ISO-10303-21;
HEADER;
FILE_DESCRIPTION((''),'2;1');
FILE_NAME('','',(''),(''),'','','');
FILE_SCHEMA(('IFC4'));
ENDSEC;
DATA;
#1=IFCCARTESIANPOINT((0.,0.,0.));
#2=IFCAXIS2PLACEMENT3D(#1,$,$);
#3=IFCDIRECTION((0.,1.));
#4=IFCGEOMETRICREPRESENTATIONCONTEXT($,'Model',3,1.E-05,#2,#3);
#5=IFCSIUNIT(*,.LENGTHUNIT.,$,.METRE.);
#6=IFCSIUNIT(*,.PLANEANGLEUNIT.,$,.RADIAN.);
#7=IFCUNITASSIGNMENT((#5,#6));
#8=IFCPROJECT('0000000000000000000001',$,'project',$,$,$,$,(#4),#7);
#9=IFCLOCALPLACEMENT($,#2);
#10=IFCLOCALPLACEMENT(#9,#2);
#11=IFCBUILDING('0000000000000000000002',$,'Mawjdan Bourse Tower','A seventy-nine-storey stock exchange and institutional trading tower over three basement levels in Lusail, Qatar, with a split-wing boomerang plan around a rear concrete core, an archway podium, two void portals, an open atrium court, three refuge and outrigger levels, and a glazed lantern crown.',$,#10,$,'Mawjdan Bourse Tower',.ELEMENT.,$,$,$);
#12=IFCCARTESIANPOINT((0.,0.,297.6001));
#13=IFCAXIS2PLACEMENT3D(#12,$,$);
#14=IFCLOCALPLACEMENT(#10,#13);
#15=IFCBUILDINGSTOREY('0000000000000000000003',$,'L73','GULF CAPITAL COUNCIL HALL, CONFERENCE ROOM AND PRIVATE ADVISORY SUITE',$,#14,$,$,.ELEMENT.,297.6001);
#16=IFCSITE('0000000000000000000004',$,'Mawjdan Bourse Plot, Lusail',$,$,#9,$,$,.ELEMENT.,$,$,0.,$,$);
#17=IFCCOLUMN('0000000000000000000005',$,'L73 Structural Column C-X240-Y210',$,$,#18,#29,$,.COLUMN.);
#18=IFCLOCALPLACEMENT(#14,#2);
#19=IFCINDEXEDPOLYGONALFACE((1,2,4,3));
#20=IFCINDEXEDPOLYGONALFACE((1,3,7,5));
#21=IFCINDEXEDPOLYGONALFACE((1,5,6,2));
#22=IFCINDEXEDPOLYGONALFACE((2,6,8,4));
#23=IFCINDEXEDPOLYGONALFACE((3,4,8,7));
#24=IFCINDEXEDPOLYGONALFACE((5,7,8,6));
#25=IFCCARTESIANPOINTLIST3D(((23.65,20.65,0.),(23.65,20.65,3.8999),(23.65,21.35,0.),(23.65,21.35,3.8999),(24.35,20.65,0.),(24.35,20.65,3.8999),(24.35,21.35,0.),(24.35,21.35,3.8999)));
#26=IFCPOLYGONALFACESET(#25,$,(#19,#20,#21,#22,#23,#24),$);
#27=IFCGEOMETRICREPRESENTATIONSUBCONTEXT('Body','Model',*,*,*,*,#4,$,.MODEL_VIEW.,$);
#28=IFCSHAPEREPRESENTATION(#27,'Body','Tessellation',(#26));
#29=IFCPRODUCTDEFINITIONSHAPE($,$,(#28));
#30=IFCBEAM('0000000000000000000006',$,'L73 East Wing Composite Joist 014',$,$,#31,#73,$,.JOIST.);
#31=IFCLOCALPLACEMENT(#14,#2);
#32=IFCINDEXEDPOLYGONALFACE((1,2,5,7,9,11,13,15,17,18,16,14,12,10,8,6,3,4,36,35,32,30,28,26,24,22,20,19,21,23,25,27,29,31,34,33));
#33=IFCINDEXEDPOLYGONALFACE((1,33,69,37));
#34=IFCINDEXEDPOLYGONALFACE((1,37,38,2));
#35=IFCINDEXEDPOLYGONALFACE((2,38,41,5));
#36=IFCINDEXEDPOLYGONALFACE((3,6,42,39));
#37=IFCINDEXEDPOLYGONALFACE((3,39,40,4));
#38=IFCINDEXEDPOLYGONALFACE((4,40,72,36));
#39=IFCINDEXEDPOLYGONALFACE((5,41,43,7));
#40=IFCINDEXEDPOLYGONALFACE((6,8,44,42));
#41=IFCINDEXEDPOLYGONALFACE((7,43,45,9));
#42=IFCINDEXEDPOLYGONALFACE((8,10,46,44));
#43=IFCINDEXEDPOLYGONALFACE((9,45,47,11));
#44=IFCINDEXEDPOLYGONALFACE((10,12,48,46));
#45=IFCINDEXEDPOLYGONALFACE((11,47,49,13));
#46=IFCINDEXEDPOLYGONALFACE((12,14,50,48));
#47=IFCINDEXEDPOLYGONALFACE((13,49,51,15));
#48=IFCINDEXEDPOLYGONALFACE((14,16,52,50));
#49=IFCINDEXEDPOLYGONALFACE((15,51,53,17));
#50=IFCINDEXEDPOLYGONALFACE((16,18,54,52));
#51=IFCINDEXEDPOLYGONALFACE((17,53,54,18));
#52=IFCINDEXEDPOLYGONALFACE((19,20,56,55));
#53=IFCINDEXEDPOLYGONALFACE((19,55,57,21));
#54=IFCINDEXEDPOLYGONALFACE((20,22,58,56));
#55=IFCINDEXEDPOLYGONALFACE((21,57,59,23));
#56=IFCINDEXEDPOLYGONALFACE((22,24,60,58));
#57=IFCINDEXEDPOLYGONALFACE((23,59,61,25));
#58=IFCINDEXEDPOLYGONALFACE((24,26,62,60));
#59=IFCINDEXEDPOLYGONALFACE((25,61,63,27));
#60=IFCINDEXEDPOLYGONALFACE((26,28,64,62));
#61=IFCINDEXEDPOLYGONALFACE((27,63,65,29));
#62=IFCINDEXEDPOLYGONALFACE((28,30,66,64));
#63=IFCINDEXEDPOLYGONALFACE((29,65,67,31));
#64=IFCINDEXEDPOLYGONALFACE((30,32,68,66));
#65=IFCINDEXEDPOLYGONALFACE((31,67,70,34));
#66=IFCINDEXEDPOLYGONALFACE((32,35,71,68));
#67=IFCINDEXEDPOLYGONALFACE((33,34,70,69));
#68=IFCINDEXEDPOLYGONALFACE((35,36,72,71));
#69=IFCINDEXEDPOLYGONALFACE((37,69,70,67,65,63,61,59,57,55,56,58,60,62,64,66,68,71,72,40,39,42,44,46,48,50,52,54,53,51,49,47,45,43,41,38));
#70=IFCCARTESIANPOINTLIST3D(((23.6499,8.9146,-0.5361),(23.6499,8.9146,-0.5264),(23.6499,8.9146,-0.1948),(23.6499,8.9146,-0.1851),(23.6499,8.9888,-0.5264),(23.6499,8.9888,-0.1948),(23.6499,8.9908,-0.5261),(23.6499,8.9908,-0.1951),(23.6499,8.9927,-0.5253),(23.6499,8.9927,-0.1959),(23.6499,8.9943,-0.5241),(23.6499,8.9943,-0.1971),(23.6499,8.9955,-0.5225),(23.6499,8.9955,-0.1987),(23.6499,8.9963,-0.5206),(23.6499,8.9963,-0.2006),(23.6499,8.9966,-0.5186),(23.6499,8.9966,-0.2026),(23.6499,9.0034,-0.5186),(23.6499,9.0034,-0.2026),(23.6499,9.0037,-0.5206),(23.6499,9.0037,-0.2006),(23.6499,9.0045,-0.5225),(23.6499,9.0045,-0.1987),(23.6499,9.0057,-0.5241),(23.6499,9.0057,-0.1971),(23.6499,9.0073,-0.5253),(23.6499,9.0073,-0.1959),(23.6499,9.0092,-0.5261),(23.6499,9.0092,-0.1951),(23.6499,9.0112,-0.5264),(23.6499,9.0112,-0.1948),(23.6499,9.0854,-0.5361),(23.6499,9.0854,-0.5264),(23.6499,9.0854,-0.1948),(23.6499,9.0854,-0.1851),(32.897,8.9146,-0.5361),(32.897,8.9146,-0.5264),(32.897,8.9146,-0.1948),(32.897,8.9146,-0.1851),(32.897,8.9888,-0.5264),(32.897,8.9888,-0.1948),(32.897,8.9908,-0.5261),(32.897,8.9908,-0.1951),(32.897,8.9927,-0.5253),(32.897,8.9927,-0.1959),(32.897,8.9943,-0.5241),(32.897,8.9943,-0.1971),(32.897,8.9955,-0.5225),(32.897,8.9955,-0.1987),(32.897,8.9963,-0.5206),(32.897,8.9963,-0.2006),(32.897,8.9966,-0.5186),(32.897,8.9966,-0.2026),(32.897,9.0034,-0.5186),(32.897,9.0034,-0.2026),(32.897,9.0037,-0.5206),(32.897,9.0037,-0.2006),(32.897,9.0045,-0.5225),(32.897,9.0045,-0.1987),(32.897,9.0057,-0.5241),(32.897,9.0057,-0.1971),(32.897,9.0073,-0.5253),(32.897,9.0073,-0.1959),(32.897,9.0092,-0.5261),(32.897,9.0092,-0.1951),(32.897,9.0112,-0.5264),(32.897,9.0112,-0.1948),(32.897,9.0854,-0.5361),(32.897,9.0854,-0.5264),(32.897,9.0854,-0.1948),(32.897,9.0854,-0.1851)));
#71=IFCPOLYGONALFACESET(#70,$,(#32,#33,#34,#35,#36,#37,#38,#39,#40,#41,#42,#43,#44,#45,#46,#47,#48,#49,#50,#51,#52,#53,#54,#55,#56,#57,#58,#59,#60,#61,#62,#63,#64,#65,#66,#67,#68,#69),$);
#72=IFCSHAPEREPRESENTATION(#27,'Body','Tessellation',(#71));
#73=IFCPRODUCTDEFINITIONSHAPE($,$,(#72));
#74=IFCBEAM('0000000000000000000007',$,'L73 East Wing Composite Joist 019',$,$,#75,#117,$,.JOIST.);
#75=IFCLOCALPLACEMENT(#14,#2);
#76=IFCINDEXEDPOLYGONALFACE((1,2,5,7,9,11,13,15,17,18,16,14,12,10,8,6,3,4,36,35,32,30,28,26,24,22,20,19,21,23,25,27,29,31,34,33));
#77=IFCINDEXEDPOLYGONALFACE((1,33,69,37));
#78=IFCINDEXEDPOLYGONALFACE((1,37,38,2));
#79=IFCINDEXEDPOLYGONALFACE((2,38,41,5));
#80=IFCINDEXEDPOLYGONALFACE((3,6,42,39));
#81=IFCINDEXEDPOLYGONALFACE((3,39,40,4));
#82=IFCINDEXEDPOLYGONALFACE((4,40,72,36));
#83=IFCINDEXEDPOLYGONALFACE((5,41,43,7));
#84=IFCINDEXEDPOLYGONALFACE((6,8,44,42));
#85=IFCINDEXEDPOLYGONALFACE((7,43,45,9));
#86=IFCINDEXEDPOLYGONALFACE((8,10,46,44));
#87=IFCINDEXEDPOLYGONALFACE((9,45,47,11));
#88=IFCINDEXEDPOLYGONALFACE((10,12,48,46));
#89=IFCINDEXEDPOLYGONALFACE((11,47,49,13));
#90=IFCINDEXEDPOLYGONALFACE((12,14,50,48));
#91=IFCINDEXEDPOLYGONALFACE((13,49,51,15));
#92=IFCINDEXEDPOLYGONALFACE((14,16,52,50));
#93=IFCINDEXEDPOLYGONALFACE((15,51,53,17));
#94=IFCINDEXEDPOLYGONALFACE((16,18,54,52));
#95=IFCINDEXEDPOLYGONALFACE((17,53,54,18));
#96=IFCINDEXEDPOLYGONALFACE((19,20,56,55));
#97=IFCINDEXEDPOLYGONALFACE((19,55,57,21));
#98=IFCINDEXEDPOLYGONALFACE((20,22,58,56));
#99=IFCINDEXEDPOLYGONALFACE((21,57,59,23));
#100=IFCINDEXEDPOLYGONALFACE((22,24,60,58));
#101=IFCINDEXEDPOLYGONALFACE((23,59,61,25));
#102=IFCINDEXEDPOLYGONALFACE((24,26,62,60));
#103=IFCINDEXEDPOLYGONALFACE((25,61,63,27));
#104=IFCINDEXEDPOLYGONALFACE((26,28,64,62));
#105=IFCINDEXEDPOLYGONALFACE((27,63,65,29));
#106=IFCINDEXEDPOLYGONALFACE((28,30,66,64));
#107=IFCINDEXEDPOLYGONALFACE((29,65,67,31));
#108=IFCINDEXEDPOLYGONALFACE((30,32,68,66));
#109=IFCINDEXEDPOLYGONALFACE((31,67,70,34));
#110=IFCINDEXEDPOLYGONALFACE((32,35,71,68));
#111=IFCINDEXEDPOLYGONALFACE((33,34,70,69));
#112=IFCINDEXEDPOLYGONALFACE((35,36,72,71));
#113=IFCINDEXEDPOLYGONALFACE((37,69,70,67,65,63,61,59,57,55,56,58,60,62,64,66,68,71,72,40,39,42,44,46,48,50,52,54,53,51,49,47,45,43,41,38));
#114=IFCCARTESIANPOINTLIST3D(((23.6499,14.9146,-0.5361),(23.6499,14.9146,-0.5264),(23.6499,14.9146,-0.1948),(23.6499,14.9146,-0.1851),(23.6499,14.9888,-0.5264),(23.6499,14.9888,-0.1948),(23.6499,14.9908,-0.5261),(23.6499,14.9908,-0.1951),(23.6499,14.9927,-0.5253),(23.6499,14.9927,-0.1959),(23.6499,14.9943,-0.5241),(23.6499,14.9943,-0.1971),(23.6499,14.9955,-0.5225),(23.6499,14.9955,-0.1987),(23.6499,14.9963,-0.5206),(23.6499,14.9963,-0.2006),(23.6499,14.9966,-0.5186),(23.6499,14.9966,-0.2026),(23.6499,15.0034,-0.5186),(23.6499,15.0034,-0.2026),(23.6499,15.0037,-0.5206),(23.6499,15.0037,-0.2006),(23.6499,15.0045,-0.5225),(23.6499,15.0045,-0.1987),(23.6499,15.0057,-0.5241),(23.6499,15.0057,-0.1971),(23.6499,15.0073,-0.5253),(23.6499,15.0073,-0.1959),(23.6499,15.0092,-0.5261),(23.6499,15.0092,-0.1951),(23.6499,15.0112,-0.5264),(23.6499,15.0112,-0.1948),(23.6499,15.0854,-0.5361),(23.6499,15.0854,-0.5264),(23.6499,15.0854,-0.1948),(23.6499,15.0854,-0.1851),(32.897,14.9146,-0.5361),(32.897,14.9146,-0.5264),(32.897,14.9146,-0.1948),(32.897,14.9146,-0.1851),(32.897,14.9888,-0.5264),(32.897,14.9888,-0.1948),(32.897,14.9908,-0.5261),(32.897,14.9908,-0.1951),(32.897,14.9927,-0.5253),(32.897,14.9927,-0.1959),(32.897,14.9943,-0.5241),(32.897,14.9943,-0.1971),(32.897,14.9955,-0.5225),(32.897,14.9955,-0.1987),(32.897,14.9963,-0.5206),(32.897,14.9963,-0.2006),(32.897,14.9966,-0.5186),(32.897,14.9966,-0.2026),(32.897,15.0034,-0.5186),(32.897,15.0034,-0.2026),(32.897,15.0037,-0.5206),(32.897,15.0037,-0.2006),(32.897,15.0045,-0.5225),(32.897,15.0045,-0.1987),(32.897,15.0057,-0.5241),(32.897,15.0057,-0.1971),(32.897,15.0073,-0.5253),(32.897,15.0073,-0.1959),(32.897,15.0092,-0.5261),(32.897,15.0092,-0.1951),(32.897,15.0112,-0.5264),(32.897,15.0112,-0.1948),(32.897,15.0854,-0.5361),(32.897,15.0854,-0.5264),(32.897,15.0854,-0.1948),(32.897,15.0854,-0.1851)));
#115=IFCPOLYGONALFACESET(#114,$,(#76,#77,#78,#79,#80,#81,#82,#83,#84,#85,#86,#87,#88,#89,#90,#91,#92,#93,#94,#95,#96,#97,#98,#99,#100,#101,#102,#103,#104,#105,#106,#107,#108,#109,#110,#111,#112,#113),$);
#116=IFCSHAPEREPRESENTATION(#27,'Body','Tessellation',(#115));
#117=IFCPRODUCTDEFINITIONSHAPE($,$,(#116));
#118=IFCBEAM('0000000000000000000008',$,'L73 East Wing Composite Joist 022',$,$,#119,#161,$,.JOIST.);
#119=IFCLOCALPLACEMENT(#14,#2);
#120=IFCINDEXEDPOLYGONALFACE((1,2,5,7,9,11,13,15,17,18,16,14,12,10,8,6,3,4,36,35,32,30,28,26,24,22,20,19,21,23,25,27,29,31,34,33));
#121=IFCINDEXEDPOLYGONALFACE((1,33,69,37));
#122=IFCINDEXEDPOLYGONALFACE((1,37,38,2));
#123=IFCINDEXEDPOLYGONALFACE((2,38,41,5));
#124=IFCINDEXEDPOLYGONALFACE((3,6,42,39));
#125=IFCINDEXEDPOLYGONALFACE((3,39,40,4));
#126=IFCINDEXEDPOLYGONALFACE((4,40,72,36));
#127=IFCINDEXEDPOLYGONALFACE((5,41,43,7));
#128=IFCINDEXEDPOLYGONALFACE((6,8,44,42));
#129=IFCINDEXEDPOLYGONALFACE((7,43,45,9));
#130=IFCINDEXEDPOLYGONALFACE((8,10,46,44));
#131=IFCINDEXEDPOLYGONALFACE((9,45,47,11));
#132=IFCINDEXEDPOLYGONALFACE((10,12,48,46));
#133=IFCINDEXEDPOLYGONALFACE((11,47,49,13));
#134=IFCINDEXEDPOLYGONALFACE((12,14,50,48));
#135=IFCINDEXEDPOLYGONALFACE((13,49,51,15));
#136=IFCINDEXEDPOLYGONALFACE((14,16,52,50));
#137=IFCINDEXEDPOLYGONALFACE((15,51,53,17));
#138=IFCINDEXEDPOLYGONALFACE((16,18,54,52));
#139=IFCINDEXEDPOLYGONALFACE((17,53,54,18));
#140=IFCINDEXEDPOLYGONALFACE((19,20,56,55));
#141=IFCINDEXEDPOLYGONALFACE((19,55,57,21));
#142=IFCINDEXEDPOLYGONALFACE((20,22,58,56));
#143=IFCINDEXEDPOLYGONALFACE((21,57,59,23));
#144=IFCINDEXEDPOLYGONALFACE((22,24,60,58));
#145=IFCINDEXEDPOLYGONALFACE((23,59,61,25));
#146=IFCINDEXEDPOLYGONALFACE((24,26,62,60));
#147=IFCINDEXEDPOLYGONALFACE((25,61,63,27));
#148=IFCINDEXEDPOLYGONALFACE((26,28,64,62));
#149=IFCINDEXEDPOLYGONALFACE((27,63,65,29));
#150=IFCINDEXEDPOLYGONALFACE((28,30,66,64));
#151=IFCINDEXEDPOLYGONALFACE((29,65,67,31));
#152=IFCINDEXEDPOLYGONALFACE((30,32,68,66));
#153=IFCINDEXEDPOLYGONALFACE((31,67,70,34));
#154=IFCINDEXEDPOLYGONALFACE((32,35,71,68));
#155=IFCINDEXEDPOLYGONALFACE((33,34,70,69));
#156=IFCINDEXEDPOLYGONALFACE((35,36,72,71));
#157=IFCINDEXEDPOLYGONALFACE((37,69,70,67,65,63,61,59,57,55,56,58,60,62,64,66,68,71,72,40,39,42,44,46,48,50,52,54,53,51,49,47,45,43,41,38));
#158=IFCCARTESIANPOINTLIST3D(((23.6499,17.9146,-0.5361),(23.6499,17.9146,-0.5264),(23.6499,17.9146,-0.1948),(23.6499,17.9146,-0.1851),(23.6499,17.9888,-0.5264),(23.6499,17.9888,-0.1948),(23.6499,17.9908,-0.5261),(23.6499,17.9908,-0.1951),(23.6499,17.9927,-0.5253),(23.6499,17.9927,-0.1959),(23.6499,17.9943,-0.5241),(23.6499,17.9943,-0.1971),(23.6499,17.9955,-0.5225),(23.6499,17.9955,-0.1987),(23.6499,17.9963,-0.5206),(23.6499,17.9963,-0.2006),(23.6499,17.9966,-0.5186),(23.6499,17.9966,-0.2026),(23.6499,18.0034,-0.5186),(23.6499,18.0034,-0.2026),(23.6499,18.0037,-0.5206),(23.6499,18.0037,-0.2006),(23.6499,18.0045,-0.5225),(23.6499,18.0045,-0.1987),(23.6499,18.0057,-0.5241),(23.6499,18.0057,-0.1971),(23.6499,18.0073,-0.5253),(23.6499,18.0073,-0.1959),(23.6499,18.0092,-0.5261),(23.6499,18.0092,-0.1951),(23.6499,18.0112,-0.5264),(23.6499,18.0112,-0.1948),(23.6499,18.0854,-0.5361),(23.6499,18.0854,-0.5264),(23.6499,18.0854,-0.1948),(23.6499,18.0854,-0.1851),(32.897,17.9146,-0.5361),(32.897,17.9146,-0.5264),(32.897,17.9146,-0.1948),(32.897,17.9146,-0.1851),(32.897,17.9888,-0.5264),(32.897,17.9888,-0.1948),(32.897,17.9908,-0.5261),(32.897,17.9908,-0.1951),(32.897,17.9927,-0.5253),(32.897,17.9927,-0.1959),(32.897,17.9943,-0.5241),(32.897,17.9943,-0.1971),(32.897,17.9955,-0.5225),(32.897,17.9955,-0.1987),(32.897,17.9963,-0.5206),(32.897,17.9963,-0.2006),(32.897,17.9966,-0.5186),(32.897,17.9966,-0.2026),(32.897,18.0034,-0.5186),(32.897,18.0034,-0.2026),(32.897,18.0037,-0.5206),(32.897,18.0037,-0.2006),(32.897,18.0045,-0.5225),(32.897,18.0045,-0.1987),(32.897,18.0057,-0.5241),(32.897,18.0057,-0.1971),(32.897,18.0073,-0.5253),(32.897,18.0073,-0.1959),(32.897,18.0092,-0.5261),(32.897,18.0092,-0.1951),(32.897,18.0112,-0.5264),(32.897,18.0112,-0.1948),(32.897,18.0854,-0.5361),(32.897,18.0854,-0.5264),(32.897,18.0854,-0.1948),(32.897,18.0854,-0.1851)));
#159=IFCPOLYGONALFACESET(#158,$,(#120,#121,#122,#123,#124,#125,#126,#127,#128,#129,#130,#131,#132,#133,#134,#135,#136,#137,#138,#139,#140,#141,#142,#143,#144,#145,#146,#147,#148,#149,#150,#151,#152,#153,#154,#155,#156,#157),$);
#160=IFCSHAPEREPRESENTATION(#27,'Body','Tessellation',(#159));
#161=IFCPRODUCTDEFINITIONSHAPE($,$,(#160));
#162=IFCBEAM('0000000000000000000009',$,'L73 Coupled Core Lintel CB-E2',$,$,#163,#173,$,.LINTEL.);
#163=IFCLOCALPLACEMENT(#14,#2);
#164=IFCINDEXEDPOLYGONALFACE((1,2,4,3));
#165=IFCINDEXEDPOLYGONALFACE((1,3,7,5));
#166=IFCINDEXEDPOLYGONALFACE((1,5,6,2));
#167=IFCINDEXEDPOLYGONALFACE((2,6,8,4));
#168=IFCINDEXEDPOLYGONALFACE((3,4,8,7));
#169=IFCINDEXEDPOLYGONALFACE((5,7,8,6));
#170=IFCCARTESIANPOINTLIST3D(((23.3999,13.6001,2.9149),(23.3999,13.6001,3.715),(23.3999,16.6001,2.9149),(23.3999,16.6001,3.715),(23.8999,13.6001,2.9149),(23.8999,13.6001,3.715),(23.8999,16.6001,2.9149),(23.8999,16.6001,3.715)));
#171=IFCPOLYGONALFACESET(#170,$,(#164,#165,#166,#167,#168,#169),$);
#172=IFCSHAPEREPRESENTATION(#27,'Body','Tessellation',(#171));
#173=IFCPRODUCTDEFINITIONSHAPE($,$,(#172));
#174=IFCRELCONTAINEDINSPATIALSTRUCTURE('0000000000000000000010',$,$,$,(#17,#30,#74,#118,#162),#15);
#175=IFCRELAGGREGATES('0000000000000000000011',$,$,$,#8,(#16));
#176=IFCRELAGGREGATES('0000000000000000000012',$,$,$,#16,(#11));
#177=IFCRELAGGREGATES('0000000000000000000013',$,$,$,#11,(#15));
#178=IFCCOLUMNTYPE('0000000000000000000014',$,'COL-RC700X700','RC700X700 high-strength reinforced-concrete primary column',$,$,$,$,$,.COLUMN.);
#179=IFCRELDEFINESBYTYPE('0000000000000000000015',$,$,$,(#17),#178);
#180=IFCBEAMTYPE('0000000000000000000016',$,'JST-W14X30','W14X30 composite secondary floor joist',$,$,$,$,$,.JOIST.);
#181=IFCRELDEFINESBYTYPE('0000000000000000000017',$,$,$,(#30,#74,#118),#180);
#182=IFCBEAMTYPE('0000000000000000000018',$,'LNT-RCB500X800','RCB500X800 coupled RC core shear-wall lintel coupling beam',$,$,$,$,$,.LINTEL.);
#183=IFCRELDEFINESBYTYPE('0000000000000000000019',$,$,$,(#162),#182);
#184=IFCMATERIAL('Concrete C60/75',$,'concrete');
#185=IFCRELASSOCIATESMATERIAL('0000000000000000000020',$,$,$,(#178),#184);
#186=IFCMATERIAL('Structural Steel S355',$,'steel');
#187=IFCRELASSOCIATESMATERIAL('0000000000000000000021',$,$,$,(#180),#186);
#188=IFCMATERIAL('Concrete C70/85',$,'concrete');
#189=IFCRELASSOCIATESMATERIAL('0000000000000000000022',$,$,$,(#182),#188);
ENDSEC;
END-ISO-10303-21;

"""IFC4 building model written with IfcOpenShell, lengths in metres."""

from ifc_helpers import new_model, si_unit, direction, frame, origin, origin_2d, place, context, subcontext, project, spatial, rectangle, i_section, extrude, material, material_profile, profile_set, type_object, element, save


model = new_model("IFC4")

# Units and contexts
model_context = context("Model", 3, precision=1e-05, world=origin(), true_north=direction((0.0, 1.0)))
body_context = subcontext(model_context, "Body", "Model", "MODEL_VIEW")
ifc_project = project(units=[si_unit("LENGTHUNIT", "METRE"), si_unit("PLANEANGLEUNIT", "RADIAN")], contexts=[model_context])

# Site, building, storey
site_placement = place(None, origin())
site = spatial("IfcSite", under=ifc_project, at=site_placement, Name="Mawjdan Bourse Plot, Lusail", CompositionType="ELEMENT", RefElevation=0.0)
building_placement = place(site_placement, origin())
building = spatial("IfcBuilding", under=site, at=building_placement, Name="Mawjdan Bourse Tower", Description="A seventy-nine-storey stock exchange and institutional trading tower over three basement levels in Lusail, Qatar, with a split-wing boomerang plan around a rear concrete core, an archway podium, two void portals, an open atrium court, three refuge and outrigger levels, and a glazed lantern crown.", LongName="Mawjdan Bourse Tower", CompositionType="ELEMENT")
storey_placement = place(building_placement, frame((0.0, 0.0, 297.6001)))
storey = spatial("IfcBuildingStorey", under=building, at=storey_placement, Name="L73", Description="GULF CAPITAL COUNCIL HALL, CONFERENCE ROOM AND PRIVATE ADVISORY SUITE", CompositionType="ELEMENT", Elevation=297.6001)

# Column
ifc_material_1 = material(Name="Concrete C60/75", Category="concrete")
ifc_material_profile_1 = material_profile(ifc_material_1, rectangle(XDim=0.7, YDim=0.7, at=origin_2d()), Name="RC700X700")
ifc_profile_set_1 = profile_set([ifc_material_profile_1], Name="Concrete C60/75")
column_type = type_object("IfcColumnType", Name="COL-RC700X700", Description="RC700X700 high-strength reinforced-concrete primary column", PredefinedType="COLUMN", material=ifc_profile_set_1)
column_placement = place(storey_placement, frame((24.0, 21.0, 0.0), z_axis=(0.0, 0.0, 1.0), x_axis=(1.0, 0.0, 0.0)))
element("IfcColumn", 1, at=column_placement, inside=storey, type_object=column_type, Name="L73 Structural Column C-X240-Y210", PredefinedType="COLUMN", context=body_context, shape_type="SweptSolid", body=[
    extrude(rectangle(XDim=0.7, YDim=0.7, at=origin_2d()), origin(), (0.0, 0.0, 1.0), 3.8999),
])

# Beams
ifc_material_2 = material(Name="Structural Steel S355", Category="steel")
ifc_material_profile_2 = material_profile(ifc_material_2, i_section(OverallWidth=0.1709, OverallDepth=0.3511, WebThickness=0.0068, FlangeThickness=0.0098, FilletRadius=0.0078, at=origin_2d()), Name="W14X30")
ifc_profile_set_2 = profile_set([ifc_material_profile_2], Name="Structural Steel S355")
beam_type_1 = type_object("IfcBeamType", Name="JST-W14X30", Description="W14X30 composite secondary floor joist", PredefinedType="JOIST", material=ifc_profile_set_2)
for number, where, z_axis, x_axis, name in (
    (2, (23.6499, 9.0, -0.3606), (1.0, 0.0, 0.0), (0.0, 1.0, 0.0), "L73 East Wing Composite Joist 014"),
    (3, (23.6499, 15.0, -0.3606), (1.0, 0.0, 0.0), (0.0, 1.0, 0.0), "L73 East Wing Composite Joist 019"),
    (4, (23.6499, 18.0, -0.3606), (1.0, 0.0, 0.0), (0.0, 1.0, 0.0), "L73 East Wing Composite Joist 022"),
):
    element("IfcBeam", number, at=place(storey_placement, frame(where, z_axis=z_axis, x_axis=x_axis)), inside=storey, type_object=beam_type_1, Name=name, PredefinedType="JOIST", context=body_context, shape_type="SweptSolid", body=[
        extrude(i_section(OverallWidth=0.1709, OverallDepth=0.3511, WebThickness=0.0068, FlangeThickness=0.0098, FilletRadius=0.0078, at=origin_2d()), origin(), (0.0, 0.0, 1.0), 9.2471),
    ])
ifc_material_3 = material(Name="Concrete C70/85", Category="concrete")
ifc_material_profile_3 = material_profile(ifc_material_3, rectangle(XDim=0.5, YDim=0.8, at=origin_2d()), Name="RCB500X800")
ifc_profile_set_3 = profile_set([ifc_material_profile_3], Name="Concrete C70/85")
beam_type_2 = type_object("IfcBeamType", Name="LNT-RCB500X800", Description="RCB500X800 coupled RC core shear-wall lintel coupling beam", PredefinedType="LINTEL", material=ifc_profile_set_3)
beam_1_placement = place(storey_placement, frame((23.6499, 13.6001, 3.3149), z_axis=(0.0, 1.0, 0.0), x_axis=(-1.0, 0.0, 0.0)))
element("IfcBeam", 5, at=beam_1_placement, inside=storey, type_object=beam_type_2, Name="L73 Coupled Core Lintel CB-E2", PredefinedType="LINTEL", context=body_context, shape_type="SweptSolid", body=[
    extrude(rectangle(XDim=0.5, YDim=0.8, at=origin_2d()), origin(), (0.0, 0.0, 1.0), 3.0),
])

save(model, "model.ifc")
